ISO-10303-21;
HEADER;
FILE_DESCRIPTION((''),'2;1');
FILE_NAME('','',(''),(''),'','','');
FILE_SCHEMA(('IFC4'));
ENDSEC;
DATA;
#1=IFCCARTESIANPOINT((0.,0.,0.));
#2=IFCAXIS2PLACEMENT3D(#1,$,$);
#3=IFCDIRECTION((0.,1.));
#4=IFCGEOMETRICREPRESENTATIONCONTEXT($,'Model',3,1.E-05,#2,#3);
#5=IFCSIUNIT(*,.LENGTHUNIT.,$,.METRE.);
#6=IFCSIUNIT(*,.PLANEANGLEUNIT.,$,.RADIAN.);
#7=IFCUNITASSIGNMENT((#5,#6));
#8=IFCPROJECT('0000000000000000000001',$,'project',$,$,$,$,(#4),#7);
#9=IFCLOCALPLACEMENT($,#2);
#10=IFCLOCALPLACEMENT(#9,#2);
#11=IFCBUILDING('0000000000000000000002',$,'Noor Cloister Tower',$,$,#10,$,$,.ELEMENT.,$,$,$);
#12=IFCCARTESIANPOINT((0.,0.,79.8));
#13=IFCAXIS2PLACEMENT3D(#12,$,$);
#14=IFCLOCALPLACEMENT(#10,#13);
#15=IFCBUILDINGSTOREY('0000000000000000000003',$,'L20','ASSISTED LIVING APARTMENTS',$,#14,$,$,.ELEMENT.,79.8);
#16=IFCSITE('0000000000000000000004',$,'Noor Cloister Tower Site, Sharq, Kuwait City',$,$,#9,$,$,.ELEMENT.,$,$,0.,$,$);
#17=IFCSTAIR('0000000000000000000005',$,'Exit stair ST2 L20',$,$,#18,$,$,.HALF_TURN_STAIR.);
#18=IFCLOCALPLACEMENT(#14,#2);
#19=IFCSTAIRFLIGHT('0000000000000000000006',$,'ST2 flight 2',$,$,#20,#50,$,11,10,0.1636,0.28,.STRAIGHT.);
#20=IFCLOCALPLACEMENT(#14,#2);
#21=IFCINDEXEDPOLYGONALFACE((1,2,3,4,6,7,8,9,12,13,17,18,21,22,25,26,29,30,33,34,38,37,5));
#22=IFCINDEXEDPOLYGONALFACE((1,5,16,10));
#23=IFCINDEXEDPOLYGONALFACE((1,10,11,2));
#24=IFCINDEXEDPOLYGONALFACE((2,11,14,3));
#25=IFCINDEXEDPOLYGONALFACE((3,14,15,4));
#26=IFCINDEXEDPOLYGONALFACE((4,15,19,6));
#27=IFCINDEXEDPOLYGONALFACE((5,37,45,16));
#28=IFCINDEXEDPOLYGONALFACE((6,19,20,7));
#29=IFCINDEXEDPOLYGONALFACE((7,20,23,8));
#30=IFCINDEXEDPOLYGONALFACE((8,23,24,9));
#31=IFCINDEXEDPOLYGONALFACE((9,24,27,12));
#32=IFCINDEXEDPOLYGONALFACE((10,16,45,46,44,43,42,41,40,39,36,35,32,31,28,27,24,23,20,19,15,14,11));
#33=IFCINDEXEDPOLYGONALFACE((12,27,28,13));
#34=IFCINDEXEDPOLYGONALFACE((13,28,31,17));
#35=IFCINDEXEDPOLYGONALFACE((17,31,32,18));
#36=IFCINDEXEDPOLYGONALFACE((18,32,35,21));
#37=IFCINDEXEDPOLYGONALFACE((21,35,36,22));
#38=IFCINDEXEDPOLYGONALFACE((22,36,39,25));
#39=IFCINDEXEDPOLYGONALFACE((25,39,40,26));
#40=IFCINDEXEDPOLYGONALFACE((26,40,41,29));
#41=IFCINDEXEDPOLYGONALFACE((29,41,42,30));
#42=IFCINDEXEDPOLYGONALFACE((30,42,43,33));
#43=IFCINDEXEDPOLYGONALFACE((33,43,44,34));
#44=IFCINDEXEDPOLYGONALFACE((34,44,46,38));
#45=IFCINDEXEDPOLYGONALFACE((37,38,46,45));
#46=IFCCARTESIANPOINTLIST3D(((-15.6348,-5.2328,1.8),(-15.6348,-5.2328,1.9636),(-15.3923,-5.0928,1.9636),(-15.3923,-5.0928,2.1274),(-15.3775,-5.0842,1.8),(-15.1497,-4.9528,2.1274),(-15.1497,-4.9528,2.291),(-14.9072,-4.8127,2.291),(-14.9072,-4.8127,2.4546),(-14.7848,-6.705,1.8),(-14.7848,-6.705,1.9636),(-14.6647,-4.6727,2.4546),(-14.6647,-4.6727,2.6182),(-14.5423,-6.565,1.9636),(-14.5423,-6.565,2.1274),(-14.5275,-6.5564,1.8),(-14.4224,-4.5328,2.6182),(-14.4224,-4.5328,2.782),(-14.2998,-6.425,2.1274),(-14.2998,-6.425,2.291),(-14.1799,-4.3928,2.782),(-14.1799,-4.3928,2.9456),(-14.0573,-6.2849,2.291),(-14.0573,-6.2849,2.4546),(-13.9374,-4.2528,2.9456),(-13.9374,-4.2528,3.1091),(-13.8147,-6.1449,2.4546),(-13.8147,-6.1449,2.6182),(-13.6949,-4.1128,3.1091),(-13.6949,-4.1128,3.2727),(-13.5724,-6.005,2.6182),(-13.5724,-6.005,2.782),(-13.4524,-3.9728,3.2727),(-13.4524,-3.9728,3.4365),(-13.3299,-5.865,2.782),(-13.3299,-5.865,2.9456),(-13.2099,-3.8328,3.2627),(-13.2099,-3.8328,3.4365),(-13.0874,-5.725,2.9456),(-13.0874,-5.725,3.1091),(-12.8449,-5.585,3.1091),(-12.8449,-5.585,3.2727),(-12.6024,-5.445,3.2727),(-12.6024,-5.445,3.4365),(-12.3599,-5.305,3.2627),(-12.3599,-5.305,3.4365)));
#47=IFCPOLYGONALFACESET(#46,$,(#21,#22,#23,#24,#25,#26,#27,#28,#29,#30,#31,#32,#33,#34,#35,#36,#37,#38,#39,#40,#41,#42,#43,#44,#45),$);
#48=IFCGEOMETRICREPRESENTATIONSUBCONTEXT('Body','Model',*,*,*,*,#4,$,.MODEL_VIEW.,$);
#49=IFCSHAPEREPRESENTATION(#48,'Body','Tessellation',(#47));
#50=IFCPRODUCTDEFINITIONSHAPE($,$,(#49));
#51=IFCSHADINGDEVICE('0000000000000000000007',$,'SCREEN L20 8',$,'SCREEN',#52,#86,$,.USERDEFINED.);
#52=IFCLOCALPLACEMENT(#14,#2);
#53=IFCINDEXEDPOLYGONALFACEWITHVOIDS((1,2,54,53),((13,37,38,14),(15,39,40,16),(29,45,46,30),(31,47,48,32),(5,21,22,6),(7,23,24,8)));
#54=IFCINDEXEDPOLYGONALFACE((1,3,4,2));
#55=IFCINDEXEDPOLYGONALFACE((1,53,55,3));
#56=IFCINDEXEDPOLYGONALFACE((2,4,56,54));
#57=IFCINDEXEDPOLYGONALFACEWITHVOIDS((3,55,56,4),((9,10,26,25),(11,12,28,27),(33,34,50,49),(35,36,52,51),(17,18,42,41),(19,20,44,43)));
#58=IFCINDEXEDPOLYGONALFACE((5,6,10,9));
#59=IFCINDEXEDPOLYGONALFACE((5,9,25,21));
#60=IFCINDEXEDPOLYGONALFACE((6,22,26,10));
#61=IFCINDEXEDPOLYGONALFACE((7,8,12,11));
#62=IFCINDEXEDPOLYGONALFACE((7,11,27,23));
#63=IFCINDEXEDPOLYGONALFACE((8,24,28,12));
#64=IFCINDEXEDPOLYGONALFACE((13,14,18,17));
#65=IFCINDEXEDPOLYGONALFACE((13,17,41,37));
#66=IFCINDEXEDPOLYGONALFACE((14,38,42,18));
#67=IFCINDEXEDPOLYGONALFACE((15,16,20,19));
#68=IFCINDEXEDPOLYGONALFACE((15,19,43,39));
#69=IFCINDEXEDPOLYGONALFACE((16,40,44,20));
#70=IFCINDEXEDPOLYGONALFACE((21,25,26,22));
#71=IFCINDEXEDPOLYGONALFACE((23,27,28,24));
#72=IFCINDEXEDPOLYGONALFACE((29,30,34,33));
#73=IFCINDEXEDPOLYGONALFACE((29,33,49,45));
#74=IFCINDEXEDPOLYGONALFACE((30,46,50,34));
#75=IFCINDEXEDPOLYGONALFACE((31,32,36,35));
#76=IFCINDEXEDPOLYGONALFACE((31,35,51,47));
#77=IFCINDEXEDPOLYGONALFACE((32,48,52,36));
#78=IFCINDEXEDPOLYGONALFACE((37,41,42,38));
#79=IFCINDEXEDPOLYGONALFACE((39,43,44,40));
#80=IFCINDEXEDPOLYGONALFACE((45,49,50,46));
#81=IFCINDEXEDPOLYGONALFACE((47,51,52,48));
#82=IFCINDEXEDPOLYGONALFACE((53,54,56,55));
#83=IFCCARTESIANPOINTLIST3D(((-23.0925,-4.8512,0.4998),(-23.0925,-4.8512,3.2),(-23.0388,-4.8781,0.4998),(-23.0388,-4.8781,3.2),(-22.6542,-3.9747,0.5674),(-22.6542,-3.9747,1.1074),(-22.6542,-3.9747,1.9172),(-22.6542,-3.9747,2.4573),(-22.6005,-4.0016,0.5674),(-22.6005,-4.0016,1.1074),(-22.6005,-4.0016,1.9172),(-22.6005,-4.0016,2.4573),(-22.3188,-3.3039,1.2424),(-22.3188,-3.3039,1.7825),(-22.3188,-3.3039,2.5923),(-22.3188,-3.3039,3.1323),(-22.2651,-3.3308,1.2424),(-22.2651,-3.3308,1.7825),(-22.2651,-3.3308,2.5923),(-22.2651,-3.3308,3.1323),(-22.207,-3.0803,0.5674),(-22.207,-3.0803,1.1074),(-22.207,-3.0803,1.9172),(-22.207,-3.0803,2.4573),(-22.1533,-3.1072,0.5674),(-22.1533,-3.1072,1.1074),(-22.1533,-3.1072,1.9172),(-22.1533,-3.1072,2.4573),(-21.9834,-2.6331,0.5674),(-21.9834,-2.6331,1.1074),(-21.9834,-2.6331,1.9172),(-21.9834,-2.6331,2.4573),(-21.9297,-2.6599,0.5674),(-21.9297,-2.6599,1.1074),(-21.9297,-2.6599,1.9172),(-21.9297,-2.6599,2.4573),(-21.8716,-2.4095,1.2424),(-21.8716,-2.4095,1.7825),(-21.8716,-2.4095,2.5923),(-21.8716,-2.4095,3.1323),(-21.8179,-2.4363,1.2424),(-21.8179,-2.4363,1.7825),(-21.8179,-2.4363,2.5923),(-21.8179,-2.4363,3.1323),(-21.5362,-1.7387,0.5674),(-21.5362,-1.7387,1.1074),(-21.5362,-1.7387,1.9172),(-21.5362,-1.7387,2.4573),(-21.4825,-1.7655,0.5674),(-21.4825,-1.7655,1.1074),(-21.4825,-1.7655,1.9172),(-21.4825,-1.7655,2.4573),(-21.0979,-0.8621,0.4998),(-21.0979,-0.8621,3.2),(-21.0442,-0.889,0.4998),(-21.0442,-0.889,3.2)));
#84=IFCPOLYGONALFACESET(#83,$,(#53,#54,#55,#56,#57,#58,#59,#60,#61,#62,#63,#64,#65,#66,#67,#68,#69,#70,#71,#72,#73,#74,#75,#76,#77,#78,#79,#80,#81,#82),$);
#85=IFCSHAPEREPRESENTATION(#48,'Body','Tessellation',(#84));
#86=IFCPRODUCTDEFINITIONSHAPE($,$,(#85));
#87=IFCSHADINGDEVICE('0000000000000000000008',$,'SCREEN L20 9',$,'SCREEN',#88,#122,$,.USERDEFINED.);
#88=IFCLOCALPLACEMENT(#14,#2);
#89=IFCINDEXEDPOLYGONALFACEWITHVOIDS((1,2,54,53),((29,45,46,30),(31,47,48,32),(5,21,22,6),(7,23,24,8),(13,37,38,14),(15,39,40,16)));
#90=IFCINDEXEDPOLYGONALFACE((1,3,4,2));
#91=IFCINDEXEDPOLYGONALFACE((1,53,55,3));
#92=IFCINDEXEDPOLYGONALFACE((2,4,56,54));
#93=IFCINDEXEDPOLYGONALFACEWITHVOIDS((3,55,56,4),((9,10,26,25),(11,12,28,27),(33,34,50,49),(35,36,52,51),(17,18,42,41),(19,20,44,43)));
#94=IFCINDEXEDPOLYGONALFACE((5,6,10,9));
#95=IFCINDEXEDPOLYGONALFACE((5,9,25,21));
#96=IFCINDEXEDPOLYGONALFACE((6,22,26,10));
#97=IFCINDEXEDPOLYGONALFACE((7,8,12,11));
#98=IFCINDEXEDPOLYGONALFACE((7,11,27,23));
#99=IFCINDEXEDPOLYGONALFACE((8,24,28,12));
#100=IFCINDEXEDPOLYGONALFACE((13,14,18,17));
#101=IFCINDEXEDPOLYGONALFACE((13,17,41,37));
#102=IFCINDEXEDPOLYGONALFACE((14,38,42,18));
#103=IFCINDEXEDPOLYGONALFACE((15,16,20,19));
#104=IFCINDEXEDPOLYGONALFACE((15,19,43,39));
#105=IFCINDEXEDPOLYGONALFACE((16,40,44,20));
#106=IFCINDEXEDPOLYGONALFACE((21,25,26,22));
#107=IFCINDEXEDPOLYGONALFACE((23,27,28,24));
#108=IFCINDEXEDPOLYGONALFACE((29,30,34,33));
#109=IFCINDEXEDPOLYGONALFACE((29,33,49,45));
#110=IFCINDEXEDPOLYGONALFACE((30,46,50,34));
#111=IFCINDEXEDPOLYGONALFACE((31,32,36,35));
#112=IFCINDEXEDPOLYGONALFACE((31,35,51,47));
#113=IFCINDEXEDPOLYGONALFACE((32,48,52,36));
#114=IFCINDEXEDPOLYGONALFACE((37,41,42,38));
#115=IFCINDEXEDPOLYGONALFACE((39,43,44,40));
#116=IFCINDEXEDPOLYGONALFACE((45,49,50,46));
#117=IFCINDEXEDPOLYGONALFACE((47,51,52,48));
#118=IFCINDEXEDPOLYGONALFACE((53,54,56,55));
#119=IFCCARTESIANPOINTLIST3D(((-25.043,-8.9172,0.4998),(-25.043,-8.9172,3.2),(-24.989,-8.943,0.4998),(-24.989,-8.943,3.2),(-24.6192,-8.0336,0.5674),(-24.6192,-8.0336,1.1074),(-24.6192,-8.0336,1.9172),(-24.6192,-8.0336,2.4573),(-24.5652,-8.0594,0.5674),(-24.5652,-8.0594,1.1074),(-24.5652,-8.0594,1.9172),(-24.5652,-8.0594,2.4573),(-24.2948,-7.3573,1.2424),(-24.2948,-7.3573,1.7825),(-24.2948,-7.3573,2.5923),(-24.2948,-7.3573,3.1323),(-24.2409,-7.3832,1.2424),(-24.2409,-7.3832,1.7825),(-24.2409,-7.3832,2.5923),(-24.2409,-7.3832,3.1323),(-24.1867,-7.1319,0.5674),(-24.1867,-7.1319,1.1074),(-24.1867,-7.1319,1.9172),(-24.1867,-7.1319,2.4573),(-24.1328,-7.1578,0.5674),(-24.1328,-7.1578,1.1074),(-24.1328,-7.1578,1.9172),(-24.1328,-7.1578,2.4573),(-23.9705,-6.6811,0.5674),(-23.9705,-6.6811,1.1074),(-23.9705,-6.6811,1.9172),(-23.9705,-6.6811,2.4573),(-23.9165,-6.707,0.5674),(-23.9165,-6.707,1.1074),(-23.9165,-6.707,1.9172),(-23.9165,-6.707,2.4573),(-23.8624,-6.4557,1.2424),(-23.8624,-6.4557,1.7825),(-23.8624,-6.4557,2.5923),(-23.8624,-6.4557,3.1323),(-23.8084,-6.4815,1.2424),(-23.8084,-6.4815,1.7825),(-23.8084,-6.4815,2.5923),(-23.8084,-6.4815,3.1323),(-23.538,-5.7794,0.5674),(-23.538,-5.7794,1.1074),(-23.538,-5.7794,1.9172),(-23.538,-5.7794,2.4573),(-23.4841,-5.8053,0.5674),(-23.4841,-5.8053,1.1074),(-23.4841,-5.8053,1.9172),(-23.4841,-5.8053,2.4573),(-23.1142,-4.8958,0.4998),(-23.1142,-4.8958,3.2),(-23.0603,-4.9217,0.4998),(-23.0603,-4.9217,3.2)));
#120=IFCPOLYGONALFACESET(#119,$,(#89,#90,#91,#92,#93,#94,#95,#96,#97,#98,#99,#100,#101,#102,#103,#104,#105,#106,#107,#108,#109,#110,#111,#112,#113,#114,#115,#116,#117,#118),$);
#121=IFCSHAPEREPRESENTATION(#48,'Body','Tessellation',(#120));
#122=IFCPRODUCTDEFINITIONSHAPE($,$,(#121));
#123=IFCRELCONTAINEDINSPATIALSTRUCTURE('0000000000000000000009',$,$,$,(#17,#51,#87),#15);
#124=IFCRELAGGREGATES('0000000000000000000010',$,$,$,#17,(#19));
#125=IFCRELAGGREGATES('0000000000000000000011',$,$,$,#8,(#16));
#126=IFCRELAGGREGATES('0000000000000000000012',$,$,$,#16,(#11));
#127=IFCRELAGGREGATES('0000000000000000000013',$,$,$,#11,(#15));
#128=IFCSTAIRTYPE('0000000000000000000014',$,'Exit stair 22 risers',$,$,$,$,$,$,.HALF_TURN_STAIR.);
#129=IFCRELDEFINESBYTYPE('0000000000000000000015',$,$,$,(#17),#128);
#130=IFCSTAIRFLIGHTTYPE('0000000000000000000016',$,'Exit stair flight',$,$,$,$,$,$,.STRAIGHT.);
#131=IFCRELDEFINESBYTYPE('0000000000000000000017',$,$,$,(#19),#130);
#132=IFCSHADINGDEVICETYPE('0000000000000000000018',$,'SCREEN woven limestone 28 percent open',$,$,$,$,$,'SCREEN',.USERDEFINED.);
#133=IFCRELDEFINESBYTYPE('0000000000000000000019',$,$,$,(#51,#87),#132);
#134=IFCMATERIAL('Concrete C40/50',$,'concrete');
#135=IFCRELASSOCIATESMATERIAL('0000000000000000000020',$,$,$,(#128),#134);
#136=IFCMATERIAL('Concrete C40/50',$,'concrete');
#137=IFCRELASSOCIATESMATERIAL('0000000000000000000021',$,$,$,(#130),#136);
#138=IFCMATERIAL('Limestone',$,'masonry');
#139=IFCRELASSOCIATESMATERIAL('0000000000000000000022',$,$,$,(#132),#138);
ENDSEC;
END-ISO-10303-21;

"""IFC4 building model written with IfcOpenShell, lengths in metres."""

from ifc_helpers import new_model, si_unit, direction, frame, origin, place, context, subcontext, project, spatial, polyline, outline, extrude, material, material_profile, profile_set, type_object, element, aggregate, save


model = new_model("IFC4")

# Units and contexts
model_context = context("Model", 3, precision=1e-05, world=origin(), true_north=direction((0.0, 1.0)))
body_context = subcontext(model_context, "Body", "Model", "MODEL_VIEW")
ifc_project = project(units=[si_unit("LENGTHUNIT", "METRE"), si_unit("PLANEANGLEUNIT", "RADIAN")], contexts=[model_context])

# Site, building, storey
site_placement = place(None, origin())
site = spatial("IfcSite", under=ifc_project, at=site_placement, Name="Noor Cloister Tower Site, Sharq, Kuwait City", CompositionType="ELEMENT", RefElevation=0.0)
building_placement = place(site_placement, origin())
building = spatial("IfcBuilding", under=site, at=building_placement, Name="Noor Cloister Tower", CompositionType="ELEMENT")
storey_placement = place(building_placement, frame((0.0, 0.0, 79.8)))
storey = spatial("IfcBuildingStorey", under=building, at=storey_placement, Name="L20", Description="ASSISTED LIVING APARTMENTS", CompositionType="ELEMENT", Elevation=79.8)

# Stair, stair flight
ifc_material_1 = material(Name="Concrete C40/50", Category="concrete")
stair_type = type_object("IfcStairType", Name="Exit stair 22 risers", PredefinedType="HALF_TURN_STAIR", material=ifc_material_1)
stair_placement = place(storey_placement, origin())
stair = element("IfcStair", 1, at=stair_placement, inside=storey, type_object=stair_type, Name="Exit stair ST2 L20", PredefinedType="HALF_TURN_STAIR")
ifc_material_2 = material(Name="Concrete C40/50", Category="concrete")
stair_flight_type = type_object("IfcStairFlightType", Name="Exit stair flight", PredefinedType="STRAIGHT", material=ifc_material_2)
stair_flight_1_placement = place(storey_placement, frame((-15.2097, -5.969, 1.8), z_axis=(0.0, 0.0, 1.0), x_axis=(0.866025, 0.5, 0.0)))
stair_flight_1 = element("IfcStairFlight", 2, at=stair_flight_1_placement, type_object=stair_flight_type, Name="ST2 flight 2", NumberOfRisers=11, NumberOfTreads=10, PredefinedType="STRAIGHT", RiserHeight=0.1636, TreadLength=0.28, context=body_context, shape_type="SweptSolid", body=[
    extrude(outline(polyline([(0.0, 0.0), (0.0, 0.1636), (0.28, 0.1636), (0.28, 0.3274), (0.5601, 0.3274), (0.5601, 0.491), (0.8401, 0.491), (0.8401, 0.6545), (1.1201, 0.6545), (1.1201, 0.8181), (1.3999, 0.8181), (1.3999, 0.9819), (1.6799, 0.9819), (1.6799, 1.1455), (1.96, 1.1455), (1.96, 1.3091), (2.24, 1.3091), (2.24, 1.4727), (2.52, 1.4727), (2.52, 1.6365), (2.8, 1.6365), (2.8, 1.8), (2.8, 1.4626), (0.2971, 0.0), (0.0, 0.0)])), frame((0.0, 0.8501, 0.0), z_axis=(0.0, -1.0, 0.0), x_axis=(1.0, 0.0, 0.0)), (0.0, 0.0, 1.0), 1.7),
])
aggregate(stair, [stair_flight_1])

# Shading devices
ifc_material_3 = material(Name="Limestone", Category="masonry")
ifc_material_profile_1 = material_profile(ifc_material_3, outline(polyline([(-2.23, -1.3501), (2.23, -1.3501), (2.23, 1.3501), (-2.23, 1.3501), (-2.23, -1.3501)]), holes=[polyline([(-1.25, -1.2825), (-0.25, -1.2825), (-0.25, -0.7424), (-1.25, -0.7424), (-1.25, -1.2825)]), polyline([(0.25, -1.2825), (1.25, -1.2825), (1.25, -0.7424), (0.25, -0.7424), (0.25, -1.2825)]), polyline([(-0.5, -0.6074), (0.5, -0.6074), (0.5, -0.0674), (-0.5, -0.0674), (-0.5, -0.6074)]), polyline([(-1.25, 0.0674), (-0.25, 0.0674), (-0.25, 0.6074), (-1.25, 0.6074), (-1.25, 0.0674)]), polyline([(0.25, 0.0674), (1.25, 0.0674), (1.25, 0.6074), (0.25, 0.6074), (0.25, 0.0674)]), polyline([(-0.5, 0.7424), (0.5, 0.7424), (0.5, 1.2825), (-0.5, 1.2825), (-0.5, 0.7424)])]), Name="Woven screen 28 percent open")
ifc_profile_set_1 = profile_set([ifc_material_profile_1], Name="Limestone")
shading_device_type = type_object("IfcShadingDeviceType", Name="SCREEN woven limestone 28 percent open", ElementType="SCREEN", PredefinedType="USERDEFINED", material=ifc_profile_set_1)
shading_device_1_placement = place(storey_placement, frame((-22.0415, -2.8835, 1.8499), z_axis=(-0.894427, 0.447214, 0.0), x_axis=(-0.447214, -0.894427, 0.0)))
element("IfcShadingDevice", 3, at=shading_device_1_placement, inside=storey, type_object=shading_device_type, Name="SCREEN L20 8", ObjectType="SCREEN", PredefinedType="USERDEFINED", context=body_context, shape_type="SweptSolid", body=[
    extrude(outline(polyline([(-2.23, -1.3501), (2.23, -1.3501), (2.23, 1.3501), (-2.23, 1.3501), (-2.23, -1.3501)]), holes=[polyline([(-1.25, -1.2825), (-0.25, -1.2825), (-0.25, -0.7424), (-1.25, -0.7424), (-1.25, -1.2825)]), polyline([(0.25, -1.2825), (1.25, -1.2825), (1.25, -0.7424), (0.25, -0.7424), (0.25, -1.2825)]), polyline([(-0.5, -0.6074), (0.5, -0.6074), (0.5, -0.0674), (-0.5, -0.0674), (-0.5, -0.6074)]), polyline([(-1.25, 0.0674), (-0.25, 0.0674), (-0.25, 0.6074), (-1.25, 0.6074), (-1.25, 0.0674)]), polyline([(0.25, 0.0674), (1.25, 0.0674), (1.25, 0.6074), (0.25, 0.6074), (0.25, 0.0674)]), polyline([(-0.5, 0.7424), (0.5, 0.7424), (0.5, 1.2825), (-0.5, 1.2825), (-0.5, 0.7424)])]), origin(), (0.0, 0.0, 1.0), 0.0601),
])
shading_device_2_placement = place(storey_placement, frame((-24.0247, -6.9324, 1.8499), z_axis=(-0.90165, 0.432466, 0.0), x_axis=(-0.432466, -0.90165, 0.0)))
element("IfcShadingDevice", 4, at=shading_device_2_placement, inside=storey, type_object=shading_device_type, Name="SCREEN L20 9", ObjectType="SCREEN", PredefinedType="USERDEFINED", context=body_context, shape_type="SweptSolid", body=[
    extrude(outline(polyline([(-2.23, -1.3501), (2.23, -1.3501), (2.23, 1.3501), (-2.23, 1.3501), (-2.23, -1.3501)]), holes=[polyline([(-1.25, -1.2825), (-0.25, -1.2825), (-0.25, -0.7424), (-1.25, -0.7424), (-1.25, -1.2825)]), polyline([(0.25, -1.2825), (1.25, -1.2825), (1.25, -0.7424), (0.25, -0.7424), (0.25, -1.2825)]), polyline([(-0.5, -0.6074), (0.5, -0.6074), (0.5, -0.0674), (-0.5, -0.0674), (-0.5, -0.6074)]), polyline([(-1.25, 0.0674), (-0.25, 0.0674), (-0.25, 0.6074), (-1.25, 0.6074), (-1.25, 0.0674)]), polyline([(0.25, 0.0674), (1.25, 0.0674), (1.25, 0.6074), (0.25, 0.6074), (0.25, 0.0674)]), polyline([(-0.5, 0.7424), (0.5, 0.7424), (0.5, 1.2825), (-0.5, 1.2825), (-0.5, 0.7424)])]), origin(), (0.0, 0.0, 1.0), 0.0598),
])

save(model, "model.ifc")
